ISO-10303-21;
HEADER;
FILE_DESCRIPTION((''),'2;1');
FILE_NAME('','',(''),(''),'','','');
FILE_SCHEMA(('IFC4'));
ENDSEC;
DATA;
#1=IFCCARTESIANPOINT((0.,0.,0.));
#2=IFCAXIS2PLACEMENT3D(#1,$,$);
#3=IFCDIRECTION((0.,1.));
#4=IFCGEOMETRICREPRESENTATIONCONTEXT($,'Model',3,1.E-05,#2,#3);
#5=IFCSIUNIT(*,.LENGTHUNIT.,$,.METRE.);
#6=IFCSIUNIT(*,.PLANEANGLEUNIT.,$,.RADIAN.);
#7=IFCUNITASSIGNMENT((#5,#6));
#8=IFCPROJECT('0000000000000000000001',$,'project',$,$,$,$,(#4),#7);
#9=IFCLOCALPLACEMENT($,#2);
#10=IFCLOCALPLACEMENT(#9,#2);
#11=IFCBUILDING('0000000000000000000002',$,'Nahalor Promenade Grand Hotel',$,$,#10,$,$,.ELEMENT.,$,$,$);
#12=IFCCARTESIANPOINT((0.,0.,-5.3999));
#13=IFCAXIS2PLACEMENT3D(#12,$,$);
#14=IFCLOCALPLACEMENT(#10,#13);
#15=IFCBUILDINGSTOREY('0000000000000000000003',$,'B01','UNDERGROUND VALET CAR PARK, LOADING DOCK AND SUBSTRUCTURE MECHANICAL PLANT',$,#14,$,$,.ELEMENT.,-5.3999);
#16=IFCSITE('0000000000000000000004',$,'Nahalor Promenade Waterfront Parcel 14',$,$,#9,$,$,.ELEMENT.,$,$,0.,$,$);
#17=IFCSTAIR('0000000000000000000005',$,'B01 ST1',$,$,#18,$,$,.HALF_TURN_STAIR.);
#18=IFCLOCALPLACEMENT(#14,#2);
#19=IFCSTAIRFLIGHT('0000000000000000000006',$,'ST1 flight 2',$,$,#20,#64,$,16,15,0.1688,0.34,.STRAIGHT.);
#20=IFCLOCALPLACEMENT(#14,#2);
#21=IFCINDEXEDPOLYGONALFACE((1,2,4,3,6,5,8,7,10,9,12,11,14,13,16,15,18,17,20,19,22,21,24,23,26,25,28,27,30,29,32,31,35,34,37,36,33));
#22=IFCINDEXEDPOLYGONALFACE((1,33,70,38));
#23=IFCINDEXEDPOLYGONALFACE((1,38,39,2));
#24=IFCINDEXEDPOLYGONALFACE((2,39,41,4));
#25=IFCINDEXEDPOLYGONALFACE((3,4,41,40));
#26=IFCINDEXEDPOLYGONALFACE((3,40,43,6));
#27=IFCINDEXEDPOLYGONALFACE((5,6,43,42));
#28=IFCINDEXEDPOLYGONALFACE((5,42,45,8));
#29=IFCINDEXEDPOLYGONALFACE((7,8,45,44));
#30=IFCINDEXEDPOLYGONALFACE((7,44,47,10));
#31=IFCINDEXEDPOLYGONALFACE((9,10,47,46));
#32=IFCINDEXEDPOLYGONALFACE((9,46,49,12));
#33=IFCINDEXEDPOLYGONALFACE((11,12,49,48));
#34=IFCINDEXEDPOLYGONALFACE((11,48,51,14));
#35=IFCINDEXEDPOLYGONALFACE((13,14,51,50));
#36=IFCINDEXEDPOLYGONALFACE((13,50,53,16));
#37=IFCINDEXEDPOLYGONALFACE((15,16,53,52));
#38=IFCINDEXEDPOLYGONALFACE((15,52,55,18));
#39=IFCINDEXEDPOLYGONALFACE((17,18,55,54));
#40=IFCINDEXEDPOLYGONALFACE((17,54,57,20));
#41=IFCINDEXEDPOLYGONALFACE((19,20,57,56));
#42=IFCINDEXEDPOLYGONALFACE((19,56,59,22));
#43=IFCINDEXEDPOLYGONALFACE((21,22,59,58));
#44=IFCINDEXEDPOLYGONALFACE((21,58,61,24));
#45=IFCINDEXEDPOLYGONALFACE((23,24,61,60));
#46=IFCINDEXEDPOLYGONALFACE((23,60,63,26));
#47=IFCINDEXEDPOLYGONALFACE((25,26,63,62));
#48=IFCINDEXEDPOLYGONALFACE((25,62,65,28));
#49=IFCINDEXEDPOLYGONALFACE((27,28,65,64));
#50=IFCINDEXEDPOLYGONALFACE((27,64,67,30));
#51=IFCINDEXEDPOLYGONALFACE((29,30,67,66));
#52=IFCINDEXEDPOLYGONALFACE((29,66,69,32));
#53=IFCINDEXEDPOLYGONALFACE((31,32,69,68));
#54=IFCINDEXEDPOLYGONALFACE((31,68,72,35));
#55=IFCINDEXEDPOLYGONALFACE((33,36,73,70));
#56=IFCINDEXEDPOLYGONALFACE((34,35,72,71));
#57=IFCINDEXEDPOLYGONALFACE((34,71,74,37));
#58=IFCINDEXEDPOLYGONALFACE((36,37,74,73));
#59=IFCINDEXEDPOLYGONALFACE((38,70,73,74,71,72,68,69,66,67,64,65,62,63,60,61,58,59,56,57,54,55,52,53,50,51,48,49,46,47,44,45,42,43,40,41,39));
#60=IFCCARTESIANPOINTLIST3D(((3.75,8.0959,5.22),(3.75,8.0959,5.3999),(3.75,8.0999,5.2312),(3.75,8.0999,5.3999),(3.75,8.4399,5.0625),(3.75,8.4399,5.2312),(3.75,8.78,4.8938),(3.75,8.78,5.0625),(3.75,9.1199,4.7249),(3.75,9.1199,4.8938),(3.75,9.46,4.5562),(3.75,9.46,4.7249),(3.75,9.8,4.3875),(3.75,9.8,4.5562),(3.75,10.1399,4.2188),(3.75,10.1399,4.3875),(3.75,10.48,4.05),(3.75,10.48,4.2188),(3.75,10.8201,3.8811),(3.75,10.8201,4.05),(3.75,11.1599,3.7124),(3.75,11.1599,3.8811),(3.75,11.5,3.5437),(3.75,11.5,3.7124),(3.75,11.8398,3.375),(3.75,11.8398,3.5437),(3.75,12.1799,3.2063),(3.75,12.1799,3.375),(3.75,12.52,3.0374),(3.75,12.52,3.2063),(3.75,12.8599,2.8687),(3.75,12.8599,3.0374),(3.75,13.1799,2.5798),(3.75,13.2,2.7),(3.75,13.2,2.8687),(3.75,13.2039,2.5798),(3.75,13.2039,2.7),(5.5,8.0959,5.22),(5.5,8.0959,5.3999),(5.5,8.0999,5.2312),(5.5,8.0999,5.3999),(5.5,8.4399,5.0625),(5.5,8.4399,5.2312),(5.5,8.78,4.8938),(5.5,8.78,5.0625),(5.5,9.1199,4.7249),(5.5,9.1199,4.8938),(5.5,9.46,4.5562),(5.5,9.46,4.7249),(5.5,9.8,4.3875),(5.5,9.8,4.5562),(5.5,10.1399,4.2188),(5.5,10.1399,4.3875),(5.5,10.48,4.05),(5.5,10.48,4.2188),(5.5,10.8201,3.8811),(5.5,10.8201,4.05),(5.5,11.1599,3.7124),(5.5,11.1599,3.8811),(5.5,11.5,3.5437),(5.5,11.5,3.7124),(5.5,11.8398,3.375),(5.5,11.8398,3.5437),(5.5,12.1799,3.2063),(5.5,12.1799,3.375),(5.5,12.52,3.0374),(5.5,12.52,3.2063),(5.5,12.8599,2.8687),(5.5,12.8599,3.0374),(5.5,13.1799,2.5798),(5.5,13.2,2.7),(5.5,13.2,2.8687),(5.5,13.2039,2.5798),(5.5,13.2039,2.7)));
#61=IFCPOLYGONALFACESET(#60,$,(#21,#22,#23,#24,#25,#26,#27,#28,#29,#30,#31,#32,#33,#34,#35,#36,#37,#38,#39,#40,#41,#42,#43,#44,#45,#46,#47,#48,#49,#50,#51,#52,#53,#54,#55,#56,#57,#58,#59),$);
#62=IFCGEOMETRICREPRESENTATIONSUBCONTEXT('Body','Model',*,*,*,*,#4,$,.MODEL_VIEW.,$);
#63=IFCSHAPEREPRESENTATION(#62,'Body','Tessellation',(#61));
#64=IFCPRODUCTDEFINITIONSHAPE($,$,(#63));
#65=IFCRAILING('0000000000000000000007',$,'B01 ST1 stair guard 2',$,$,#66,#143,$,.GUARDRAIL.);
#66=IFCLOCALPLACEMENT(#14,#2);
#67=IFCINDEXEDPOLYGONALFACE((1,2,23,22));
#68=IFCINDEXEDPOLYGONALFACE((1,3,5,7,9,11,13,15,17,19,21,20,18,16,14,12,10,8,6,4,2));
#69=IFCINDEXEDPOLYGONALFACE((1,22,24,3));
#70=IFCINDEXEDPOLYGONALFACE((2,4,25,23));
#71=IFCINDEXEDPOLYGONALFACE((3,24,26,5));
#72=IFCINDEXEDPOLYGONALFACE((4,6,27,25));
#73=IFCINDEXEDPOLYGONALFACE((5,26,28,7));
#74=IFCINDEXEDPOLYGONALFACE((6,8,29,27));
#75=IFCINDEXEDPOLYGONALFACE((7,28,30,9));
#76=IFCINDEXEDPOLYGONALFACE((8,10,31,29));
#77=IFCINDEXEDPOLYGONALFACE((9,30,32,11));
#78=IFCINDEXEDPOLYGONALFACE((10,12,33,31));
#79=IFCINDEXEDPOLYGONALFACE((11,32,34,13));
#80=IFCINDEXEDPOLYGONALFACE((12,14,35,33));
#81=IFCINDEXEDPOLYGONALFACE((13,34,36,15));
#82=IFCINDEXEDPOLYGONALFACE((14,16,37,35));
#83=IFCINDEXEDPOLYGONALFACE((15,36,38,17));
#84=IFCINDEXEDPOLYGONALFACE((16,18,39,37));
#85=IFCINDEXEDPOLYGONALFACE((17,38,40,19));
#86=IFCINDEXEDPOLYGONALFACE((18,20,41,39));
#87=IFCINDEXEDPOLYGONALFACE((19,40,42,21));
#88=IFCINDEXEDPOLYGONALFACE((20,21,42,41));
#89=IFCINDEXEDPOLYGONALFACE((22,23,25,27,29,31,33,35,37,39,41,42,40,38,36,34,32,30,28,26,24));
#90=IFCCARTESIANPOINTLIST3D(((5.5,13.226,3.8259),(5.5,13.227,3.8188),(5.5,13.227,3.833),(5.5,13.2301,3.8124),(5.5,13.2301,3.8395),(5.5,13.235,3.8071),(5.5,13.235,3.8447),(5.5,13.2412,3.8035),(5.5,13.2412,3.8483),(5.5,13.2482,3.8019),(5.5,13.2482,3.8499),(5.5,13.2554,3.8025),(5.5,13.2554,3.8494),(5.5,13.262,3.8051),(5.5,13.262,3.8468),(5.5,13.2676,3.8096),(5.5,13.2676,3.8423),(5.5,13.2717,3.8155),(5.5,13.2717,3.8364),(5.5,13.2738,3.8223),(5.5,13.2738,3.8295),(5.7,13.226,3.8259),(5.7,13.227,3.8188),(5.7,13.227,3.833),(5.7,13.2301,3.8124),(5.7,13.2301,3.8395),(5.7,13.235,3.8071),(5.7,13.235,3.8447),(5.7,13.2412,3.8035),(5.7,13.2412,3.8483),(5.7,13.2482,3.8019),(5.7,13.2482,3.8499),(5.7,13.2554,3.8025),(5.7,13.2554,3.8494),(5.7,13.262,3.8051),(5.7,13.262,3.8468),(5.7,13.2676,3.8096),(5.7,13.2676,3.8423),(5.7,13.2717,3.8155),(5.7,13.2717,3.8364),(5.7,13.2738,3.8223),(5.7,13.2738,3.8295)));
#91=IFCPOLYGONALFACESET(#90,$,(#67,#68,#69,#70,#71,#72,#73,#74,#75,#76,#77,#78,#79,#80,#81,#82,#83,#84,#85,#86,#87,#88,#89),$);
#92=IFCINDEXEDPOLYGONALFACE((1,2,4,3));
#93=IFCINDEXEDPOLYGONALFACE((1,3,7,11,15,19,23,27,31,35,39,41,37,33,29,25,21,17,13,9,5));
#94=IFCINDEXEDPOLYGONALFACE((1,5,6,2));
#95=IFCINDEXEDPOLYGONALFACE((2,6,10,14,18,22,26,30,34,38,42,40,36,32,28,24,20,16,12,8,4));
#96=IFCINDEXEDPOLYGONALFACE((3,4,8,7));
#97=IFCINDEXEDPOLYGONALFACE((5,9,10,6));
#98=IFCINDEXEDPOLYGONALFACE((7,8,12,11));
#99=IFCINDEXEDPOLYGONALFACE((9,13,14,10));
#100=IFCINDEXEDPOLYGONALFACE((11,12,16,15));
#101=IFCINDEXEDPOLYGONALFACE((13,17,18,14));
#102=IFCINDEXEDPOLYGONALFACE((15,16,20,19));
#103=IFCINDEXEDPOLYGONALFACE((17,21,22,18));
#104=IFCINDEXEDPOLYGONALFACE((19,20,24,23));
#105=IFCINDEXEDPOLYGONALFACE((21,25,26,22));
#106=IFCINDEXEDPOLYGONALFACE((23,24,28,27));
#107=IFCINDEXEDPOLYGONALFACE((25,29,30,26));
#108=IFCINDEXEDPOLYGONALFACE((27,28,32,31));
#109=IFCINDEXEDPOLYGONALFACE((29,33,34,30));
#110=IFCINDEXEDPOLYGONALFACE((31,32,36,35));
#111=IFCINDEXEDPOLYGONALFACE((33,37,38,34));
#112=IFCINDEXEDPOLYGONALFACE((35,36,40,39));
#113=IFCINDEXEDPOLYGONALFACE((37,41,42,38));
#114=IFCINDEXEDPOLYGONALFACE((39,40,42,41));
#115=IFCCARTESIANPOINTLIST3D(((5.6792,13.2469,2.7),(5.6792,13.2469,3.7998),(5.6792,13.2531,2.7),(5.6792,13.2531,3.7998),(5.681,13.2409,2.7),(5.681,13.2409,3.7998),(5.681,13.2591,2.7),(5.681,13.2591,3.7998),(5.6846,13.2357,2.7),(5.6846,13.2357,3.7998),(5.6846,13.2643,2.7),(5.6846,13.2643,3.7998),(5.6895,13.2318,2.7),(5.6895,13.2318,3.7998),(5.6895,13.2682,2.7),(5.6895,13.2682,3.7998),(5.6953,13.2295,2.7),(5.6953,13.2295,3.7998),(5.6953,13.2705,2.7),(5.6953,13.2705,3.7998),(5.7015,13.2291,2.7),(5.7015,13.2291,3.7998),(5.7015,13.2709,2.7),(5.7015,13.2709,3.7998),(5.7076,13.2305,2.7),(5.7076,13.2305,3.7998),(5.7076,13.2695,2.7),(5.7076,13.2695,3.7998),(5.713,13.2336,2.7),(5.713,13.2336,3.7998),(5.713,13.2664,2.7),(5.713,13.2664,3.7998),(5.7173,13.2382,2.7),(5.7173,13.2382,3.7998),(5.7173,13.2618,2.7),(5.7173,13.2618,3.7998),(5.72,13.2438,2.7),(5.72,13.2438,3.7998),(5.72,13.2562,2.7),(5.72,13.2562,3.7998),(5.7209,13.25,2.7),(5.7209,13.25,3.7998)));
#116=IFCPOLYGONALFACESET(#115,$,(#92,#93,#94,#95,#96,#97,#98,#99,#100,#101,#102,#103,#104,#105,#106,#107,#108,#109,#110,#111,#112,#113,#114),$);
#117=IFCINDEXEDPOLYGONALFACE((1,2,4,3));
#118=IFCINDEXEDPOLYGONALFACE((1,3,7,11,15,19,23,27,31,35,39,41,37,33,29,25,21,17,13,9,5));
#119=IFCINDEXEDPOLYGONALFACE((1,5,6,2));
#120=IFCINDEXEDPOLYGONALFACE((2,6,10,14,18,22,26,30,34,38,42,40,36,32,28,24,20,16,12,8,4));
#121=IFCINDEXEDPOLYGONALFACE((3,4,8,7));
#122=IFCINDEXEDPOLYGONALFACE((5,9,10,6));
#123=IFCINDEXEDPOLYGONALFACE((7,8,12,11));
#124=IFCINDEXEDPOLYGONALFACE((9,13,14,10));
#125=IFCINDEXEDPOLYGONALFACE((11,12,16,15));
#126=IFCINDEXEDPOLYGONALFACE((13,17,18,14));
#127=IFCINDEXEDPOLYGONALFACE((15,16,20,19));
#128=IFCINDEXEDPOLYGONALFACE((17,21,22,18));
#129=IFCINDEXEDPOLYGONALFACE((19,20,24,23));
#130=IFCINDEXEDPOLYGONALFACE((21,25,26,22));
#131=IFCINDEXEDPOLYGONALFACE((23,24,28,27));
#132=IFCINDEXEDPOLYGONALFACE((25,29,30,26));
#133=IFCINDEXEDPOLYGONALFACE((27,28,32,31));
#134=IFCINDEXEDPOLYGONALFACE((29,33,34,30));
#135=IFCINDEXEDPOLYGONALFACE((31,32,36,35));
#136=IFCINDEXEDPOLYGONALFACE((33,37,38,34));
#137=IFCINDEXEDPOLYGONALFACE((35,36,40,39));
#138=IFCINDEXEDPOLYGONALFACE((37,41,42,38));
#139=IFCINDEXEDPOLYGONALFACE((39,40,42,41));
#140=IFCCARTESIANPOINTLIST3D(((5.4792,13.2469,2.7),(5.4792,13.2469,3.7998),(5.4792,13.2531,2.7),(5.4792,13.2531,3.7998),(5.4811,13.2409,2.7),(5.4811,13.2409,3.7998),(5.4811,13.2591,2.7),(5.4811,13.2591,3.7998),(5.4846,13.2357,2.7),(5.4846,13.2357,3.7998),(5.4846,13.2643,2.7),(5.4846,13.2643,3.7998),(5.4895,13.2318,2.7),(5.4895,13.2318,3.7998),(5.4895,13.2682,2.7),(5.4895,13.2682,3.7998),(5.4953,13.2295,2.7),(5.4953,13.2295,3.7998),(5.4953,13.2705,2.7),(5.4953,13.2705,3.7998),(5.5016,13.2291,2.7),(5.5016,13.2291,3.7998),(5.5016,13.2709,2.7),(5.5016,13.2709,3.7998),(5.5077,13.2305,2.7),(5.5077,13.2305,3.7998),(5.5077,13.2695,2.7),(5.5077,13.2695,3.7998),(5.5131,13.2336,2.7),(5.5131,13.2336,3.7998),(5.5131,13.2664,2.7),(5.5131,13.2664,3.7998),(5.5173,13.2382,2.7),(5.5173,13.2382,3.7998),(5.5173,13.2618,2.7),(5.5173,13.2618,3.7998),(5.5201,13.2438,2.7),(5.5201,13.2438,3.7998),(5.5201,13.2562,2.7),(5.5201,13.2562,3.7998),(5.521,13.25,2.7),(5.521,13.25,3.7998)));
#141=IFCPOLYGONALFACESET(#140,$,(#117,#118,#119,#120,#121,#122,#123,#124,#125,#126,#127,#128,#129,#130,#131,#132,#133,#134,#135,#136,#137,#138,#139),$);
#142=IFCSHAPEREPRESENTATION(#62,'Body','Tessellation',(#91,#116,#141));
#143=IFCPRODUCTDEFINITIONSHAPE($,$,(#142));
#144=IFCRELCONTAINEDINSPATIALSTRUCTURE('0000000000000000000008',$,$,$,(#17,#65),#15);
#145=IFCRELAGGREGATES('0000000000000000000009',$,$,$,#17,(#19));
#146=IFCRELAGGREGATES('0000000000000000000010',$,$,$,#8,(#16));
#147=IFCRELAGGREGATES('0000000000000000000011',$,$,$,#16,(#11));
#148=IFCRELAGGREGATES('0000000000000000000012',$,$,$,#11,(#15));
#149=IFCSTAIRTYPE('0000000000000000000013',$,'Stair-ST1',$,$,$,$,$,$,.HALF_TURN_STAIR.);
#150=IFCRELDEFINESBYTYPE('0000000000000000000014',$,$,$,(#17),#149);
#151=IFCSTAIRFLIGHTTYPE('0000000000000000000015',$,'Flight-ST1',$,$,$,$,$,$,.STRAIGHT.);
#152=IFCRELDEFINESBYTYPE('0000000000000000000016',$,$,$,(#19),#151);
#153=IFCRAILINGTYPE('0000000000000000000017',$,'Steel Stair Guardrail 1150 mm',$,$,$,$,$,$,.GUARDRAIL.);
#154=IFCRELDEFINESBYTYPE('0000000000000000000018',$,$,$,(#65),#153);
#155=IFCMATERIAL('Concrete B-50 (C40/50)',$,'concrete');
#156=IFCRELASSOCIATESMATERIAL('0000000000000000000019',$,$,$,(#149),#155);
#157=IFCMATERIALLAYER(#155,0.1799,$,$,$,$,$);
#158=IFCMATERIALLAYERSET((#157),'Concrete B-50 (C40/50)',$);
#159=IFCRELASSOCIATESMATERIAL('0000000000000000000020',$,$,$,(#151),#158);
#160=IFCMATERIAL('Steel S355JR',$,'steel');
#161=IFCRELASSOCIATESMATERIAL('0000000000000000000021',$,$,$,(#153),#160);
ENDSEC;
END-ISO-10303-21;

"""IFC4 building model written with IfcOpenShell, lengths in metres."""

from ifc_helpers import new_model, si_unit, direction, frame, origin, origin_2d, place, context, subcontext, project, spatial, polyline, circle, outline, extrude, source, transform, mapped, material, layer, layer_set, type_object, element, aggregate, save


model = new_model("IFC4")

# Units and contexts
model_context = context("Model", 3, precision=1e-05, world=origin(), true_north=direction((0.0, 1.0)))
body_context = subcontext(model_context, "Body", "Model", "MODEL_VIEW")
ifc_project = project(units=[si_unit("LENGTHUNIT", "METRE"), si_unit("PLANEANGLEUNIT", "RADIAN")], contexts=[model_context])

# Site, building, storey
site_placement = place(None, origin())
site = spatial("IfcSite", under=ifc_project, at=site_placement, Name="Nahalor Promenade Waterfront Parcel 14", CompositionType="ELEMENT", RefElevation=0.0)
building_placement = place(site_placement, origin())
building = spatial("IfcBuilding", under=site, at=building_placement, Name="Nahalor Promenade Grand Hotel", CompositionType="ELEMENT")
storey_placement = place(building_placement, frame((0.0, 0.0, -5.3999)))
storey = spatial("IfcBuildingStorey", under=building, at=storey_placement, Name="B01", Description="UNDERGROUND VALET CAR PARK, LOADING DOCK AND SUBSTRUCTURE MECHANICAL PLANT", CompositionType="ELEMENT", Elevation=-5.3999)

# Shared definitions
ifc_material_1 = material(Name="Steel S355JR", Category="steel")

# Shared definitions
ifc_material_2 = material(Name="Concrete B-50 (C40/50)", Category="concrete")

# Stair, stair flight
stair_type = type_object("IfcStairType", Name="Stair-ST1", PredefinedType="HALF_TURN_STAIR", material=ifc_material_2)
stair_placement = place(storey_placement, origin())
stair = element("IfcStair", 1, at=stair_placement, inside=storey, type_object=stair_type, Name="B01 ST1", PredefinedType="HALF_TURN_STAIR")
ifc_layer_1 = layer(ifc_material_2, 0.1799)
ifc_layer_set_1 = layer_set([ifc_layer_1], Name="Concrete B-50 (C40/50)")
stair_flight_type = type_object("IfcStairFlightType", Name="Flight-ST1", PredefinedType="STRAIGHT", material=ifc_layer_set_1)
shared_shape_1 = source(origin(), body_context, "Body", "SweptSolid", [
    extrude(outline(polyline([(-0.0039, -0.1201), (-0.0039, 0.0), (0.0, 0.0), (0.0, 0.1687), (0.3401, 0.1687), (0.3401, 0.3374), (0.6799, 0.3374), (0.6799, 0.5063), (1.02, 0.5063), (1.02, 0.675), (1.3601, 0.675), (1.3601, 0.8438), (1.7, 0.8438), (1.7, 1.0125), (2.04, 1.0125), (2.04, 1.1812), (2.3799, 1.1812), (2.3799, 1.3501), (2.72, 1.3501), (2.72, 1.5188), (3.0601, 1.5188), (3.0601, 1.6875), (3.3999, 1.6875), (3.3999, 1.8562), (3.74, 1.8562), (3.74, 2.0249), (4.0801, 2.0249), (4.0801, 2.1938), (4.4199, 2.1938), (4.4199, 2.3625), (4.76, 2.3625), (4.76, 2.5312), (5.1001, 2.5312), (5.1001, 2.7), (5.104, 2.7), (5.104, 2.52), (0.02, -0.1201), (-0.0039, -0.1201)])), frame((0.0, 0.875, 0.0), z_axis=(0.0, -1.0, 0.0), x_axis=(1.0, 0.0, 0.0)), (0.0, 0.0, 1.0), 1.75),
])
stair_flight_placement = place(storey_placement, frame((4.625, 13.2, 2.7), z_axis=(0.0, 0.0, 1.0), x_axis=(0.0, -1.0, 0.0)))
stair_flight = element("IfcStairFlight", 2, at=stair_flight_placement, type_object=stair_flight_type, Name="ST1 flight 2", NumberOfRisers=16, NumberOfTreads=15, PredefinedType="STRAIGHT", RiserHeight=0.1688, TreadLength=0.34, context=body_context, shape_type="MappedRepresentation", body=[
    mapped(shared_shape_1, transform((0.0, 0.0, 0.0), scale=1.0)),
])
aggregate(stair, [stair_flight])

# Railing
railing_type_1 = type_object("IfcRailingType", Name="Steel Stair Guardrail 1150 mm", PredefinedType="GUARDRAIL", material=ifc_material_1)
railing_1_placement = place(storey_placement, frame((5.7, 13.25, 2.7)))
element("IfcRailing", 3, at=railing_1_placement, inside=storey, type_object=railing_type_1, Name="B01 ST1 stair guard 2", PredefinedType="GUARDRAIL", context=body_context, shape_type="SweptSolid", body=[
    extrude(circle(Radius=0.024, at=origin_2d()), frame((0.0, 0.0, 1.126), z_axis=(-1.0, 0.0, 0.0), x_axis=(0.0, -1.0, 0.0)), (0.0, 0.0, 1.0), 0.2),
    extrude(circle(Radius=0.021, at=origin_2d()), origin(), (0.0, 0.0, 1.0), 1.0999),
    extrude(circle(Radius=0.021, at=origin_2d()), frame((-0.2, 0.0, 0.0)), (0.0, 0.0, 1.0), 1.0999),
])

save(model, "model.ifc")
